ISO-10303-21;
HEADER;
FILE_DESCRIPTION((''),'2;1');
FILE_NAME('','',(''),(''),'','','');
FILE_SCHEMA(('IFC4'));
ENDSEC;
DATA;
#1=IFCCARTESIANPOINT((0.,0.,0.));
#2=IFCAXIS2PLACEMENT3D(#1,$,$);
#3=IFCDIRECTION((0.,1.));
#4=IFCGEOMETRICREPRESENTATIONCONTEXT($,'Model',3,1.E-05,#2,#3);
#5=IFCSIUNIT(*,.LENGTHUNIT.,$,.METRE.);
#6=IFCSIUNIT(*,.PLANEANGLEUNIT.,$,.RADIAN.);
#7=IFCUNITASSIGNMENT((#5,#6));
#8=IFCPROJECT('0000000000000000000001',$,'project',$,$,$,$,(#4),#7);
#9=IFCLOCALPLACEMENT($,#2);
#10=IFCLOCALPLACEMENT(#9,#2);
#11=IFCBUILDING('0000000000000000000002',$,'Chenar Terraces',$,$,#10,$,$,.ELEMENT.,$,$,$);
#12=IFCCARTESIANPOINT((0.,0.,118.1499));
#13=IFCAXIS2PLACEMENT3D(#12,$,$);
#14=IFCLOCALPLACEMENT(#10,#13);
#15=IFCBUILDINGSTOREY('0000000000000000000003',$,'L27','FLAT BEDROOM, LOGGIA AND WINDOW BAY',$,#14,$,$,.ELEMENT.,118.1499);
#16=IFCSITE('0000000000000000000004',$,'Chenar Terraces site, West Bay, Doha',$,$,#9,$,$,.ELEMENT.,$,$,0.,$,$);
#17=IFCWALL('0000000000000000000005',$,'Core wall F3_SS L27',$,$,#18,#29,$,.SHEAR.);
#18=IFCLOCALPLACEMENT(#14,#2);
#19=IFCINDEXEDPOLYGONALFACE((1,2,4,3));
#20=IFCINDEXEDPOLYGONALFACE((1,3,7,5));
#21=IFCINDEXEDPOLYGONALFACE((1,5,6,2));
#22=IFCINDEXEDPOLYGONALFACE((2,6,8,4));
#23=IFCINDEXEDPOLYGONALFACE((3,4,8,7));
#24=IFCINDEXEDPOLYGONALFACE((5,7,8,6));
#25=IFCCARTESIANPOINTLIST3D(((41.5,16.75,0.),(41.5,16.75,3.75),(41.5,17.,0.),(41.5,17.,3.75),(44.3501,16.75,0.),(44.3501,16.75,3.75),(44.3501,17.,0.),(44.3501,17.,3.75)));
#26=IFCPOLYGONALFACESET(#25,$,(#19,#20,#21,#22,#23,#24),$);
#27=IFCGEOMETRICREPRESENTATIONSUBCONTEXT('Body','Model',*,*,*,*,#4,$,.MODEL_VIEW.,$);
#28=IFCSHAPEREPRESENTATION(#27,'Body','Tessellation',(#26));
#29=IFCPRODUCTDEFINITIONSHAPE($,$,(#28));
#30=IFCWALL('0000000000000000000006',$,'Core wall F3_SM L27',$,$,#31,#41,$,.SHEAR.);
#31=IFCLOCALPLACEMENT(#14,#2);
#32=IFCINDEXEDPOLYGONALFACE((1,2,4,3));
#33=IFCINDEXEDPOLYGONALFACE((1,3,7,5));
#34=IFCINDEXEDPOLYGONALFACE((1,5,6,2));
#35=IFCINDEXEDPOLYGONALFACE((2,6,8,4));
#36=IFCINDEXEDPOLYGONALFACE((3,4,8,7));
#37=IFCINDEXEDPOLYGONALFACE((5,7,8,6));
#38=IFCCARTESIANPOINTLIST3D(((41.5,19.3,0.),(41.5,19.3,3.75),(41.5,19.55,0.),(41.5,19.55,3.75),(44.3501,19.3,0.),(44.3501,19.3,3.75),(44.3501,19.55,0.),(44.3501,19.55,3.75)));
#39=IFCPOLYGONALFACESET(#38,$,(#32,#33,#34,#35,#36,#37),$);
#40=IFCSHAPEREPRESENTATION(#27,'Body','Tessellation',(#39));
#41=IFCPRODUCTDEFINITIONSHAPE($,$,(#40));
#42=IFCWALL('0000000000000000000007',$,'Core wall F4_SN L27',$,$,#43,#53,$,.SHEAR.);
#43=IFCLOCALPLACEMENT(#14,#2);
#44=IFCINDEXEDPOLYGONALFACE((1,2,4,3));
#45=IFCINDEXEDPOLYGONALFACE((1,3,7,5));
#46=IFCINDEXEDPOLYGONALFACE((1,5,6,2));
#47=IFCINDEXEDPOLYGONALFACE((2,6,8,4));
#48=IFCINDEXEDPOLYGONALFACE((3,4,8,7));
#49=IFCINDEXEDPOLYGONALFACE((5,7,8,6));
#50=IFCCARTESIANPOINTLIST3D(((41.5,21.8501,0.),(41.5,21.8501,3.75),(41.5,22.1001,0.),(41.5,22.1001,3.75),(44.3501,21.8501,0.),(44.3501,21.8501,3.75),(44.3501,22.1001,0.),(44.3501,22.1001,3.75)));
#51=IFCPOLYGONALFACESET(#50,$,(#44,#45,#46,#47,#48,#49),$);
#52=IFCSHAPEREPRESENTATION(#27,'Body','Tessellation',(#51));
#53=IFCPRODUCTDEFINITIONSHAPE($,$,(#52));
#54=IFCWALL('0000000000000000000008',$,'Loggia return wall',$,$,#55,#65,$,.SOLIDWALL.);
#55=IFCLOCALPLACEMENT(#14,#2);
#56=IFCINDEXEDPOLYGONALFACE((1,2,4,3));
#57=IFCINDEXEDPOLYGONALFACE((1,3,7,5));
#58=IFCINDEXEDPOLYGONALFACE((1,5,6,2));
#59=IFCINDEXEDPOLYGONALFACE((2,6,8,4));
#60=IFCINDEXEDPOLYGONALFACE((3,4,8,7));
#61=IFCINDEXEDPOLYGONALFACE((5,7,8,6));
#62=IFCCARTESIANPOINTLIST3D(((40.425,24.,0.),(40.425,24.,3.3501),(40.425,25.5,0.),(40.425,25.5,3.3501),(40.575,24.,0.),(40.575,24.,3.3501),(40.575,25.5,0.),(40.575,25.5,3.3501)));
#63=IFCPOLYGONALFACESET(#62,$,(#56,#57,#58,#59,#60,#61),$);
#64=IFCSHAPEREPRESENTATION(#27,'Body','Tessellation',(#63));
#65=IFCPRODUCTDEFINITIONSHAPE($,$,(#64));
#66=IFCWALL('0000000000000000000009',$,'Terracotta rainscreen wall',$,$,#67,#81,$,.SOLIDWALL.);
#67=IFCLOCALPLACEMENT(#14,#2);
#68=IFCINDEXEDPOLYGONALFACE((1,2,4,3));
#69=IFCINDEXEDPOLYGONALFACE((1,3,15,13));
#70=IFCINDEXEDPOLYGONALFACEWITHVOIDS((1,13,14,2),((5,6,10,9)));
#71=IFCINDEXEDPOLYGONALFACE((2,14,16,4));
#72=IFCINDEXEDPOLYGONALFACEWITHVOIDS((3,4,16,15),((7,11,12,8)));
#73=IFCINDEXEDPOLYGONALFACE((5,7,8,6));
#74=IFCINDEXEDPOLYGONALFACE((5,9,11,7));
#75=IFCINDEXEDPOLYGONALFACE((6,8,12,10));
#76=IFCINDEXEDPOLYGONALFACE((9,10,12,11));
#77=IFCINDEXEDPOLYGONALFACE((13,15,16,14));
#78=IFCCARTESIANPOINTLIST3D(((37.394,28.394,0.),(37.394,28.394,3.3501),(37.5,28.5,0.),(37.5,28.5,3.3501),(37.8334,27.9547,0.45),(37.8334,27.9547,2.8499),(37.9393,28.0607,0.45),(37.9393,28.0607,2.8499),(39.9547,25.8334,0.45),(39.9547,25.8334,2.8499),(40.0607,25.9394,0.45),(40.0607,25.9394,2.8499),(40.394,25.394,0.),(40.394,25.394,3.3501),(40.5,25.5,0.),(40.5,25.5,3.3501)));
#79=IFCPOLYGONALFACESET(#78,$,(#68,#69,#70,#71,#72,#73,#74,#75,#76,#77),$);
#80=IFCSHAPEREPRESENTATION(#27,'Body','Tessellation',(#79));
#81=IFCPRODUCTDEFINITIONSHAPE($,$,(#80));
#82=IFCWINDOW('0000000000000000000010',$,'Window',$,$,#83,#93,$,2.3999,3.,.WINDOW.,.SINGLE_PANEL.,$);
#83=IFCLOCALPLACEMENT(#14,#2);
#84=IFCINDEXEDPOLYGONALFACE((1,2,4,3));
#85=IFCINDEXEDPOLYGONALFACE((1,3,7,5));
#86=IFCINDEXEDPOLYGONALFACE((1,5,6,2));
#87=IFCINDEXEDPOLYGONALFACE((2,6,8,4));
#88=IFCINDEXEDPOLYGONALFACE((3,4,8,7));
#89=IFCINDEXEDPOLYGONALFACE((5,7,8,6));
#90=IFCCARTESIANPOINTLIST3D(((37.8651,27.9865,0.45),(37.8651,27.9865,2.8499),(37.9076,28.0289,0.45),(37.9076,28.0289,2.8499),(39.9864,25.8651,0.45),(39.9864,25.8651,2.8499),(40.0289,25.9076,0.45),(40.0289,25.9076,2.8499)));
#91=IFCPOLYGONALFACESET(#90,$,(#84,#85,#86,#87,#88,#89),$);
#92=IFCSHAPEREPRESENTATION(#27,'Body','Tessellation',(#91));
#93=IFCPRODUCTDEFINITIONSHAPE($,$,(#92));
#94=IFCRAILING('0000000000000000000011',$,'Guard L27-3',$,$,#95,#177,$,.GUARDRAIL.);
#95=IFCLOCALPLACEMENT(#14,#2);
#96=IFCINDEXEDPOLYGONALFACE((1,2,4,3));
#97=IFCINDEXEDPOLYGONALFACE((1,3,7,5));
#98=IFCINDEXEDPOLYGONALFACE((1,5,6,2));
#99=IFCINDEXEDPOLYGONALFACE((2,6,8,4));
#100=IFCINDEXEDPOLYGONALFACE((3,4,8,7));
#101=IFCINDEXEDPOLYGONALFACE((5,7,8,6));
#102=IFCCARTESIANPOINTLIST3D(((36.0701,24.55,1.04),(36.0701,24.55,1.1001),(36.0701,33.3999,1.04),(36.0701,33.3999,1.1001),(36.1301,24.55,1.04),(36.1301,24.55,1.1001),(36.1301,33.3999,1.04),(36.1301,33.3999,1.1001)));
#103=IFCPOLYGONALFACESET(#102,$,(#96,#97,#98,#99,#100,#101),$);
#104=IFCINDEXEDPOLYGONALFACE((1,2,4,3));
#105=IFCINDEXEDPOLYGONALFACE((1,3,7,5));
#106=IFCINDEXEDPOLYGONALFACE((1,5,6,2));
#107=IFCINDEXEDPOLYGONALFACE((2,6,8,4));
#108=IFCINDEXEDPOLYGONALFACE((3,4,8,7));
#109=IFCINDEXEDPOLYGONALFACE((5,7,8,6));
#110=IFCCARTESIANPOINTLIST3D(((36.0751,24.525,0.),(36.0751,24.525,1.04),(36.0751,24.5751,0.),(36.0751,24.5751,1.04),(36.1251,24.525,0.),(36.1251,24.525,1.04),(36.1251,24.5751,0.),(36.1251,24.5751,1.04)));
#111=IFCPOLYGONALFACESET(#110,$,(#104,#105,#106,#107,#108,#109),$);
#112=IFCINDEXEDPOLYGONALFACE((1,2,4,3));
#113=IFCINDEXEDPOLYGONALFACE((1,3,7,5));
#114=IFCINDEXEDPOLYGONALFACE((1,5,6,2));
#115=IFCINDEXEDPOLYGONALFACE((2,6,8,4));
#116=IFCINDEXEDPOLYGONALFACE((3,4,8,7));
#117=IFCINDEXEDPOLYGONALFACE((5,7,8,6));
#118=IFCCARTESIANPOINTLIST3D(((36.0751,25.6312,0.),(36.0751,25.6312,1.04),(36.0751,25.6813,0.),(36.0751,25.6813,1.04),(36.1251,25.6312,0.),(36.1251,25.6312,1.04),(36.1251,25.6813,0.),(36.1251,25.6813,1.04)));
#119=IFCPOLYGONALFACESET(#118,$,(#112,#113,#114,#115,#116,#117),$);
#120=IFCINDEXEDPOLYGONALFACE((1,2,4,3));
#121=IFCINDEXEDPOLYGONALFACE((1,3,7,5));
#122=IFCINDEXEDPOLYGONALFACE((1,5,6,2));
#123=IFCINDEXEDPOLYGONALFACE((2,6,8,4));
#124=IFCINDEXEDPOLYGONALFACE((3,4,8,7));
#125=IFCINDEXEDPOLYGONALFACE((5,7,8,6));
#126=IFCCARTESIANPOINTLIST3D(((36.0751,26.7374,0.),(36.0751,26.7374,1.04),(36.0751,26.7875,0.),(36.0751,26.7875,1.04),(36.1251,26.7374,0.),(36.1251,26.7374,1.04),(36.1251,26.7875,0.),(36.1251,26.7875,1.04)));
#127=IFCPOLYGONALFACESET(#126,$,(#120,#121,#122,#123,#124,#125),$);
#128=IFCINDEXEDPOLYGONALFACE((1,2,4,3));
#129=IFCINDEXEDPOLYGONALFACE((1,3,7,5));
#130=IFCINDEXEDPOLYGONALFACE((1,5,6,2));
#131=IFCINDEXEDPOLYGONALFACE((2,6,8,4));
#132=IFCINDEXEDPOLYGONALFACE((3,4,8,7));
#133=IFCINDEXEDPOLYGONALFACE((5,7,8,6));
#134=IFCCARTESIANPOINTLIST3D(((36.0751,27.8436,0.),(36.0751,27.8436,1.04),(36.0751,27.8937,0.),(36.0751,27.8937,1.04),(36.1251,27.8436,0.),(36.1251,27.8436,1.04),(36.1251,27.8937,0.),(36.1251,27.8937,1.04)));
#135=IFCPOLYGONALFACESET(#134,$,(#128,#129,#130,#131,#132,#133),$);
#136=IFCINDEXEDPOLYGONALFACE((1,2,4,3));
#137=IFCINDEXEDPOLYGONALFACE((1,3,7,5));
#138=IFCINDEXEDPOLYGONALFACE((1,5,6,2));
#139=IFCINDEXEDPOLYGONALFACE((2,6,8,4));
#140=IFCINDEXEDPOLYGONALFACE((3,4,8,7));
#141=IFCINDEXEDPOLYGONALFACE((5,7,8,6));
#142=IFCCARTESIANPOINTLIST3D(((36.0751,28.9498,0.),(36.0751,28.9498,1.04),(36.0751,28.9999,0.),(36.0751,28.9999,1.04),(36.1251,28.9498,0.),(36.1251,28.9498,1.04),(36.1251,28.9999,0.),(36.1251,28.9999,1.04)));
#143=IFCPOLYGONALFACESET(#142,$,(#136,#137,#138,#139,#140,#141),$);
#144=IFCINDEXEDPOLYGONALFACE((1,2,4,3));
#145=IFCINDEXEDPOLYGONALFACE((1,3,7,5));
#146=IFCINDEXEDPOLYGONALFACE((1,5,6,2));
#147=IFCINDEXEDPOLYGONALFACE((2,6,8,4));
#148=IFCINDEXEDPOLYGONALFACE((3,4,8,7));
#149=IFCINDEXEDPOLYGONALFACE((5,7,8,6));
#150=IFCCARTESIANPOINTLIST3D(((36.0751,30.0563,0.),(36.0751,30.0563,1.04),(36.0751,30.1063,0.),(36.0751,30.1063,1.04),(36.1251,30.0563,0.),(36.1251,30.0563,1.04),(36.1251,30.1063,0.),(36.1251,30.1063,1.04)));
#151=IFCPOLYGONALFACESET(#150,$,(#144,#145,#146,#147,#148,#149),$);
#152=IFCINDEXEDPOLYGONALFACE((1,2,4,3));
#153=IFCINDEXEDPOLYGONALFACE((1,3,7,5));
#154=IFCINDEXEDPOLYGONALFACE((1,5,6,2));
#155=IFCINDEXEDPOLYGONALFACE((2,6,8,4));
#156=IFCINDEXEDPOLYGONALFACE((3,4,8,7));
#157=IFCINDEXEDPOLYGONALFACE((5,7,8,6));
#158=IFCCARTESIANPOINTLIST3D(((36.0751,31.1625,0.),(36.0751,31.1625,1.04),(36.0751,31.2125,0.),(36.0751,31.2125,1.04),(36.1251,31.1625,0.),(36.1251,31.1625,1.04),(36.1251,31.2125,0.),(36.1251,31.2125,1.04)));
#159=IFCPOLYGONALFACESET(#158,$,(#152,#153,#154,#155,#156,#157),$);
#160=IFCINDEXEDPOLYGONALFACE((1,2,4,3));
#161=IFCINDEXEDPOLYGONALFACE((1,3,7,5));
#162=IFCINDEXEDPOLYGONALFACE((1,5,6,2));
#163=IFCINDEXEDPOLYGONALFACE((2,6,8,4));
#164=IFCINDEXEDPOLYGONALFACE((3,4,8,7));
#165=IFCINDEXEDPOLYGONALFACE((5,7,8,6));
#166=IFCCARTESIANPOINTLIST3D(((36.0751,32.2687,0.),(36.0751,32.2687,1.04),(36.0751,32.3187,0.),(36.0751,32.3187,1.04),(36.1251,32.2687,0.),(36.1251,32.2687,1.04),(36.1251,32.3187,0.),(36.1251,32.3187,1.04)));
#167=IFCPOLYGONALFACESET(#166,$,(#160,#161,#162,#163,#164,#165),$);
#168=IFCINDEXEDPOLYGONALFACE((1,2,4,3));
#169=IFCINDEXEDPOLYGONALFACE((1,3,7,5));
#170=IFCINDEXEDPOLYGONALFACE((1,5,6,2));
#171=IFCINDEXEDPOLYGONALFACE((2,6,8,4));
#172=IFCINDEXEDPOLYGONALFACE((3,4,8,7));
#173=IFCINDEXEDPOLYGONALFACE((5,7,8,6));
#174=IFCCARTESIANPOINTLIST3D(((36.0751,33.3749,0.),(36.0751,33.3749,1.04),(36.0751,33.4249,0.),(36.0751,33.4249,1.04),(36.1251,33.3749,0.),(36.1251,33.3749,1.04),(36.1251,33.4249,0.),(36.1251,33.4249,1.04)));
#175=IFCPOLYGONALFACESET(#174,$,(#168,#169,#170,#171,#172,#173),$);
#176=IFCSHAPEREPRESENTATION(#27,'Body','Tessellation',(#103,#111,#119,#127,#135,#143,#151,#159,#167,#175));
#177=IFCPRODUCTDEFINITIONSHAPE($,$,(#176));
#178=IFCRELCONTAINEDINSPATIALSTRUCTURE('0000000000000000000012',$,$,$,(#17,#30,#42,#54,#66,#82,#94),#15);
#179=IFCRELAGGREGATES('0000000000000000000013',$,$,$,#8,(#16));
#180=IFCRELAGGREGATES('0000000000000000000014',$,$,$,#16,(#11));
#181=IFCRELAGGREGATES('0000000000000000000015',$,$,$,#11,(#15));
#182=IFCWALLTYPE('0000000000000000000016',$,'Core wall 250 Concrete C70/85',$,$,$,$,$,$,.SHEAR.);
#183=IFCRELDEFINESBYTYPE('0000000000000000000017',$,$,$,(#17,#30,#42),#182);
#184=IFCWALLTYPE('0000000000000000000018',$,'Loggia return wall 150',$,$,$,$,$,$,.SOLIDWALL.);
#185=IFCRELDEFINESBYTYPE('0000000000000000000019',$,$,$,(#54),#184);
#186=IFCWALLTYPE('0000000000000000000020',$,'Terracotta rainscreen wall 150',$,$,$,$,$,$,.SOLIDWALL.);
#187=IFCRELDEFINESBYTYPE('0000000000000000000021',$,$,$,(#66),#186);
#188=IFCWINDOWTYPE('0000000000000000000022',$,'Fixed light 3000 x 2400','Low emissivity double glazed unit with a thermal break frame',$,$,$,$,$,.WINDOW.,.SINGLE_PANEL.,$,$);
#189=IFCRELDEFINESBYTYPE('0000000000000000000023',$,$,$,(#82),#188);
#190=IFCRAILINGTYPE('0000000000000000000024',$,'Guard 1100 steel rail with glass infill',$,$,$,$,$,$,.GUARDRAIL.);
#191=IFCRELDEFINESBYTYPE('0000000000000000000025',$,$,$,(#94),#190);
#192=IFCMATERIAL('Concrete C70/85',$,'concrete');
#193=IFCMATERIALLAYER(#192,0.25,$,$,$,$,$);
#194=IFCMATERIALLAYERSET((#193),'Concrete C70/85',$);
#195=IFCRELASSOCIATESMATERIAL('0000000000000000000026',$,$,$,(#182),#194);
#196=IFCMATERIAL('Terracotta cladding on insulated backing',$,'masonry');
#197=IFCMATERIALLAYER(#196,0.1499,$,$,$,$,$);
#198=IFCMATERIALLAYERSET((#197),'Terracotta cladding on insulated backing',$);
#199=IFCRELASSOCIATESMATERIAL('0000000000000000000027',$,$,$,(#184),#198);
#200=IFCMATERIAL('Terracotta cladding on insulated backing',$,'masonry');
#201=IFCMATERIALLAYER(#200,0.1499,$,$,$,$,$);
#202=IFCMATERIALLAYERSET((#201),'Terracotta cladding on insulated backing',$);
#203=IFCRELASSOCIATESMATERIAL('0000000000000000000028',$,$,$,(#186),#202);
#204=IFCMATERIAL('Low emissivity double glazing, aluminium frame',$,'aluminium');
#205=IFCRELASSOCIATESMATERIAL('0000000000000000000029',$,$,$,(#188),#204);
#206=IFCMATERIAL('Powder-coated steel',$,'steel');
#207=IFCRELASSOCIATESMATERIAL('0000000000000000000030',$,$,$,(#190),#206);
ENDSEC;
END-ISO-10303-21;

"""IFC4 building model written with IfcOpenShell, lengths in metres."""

from ifc_helpers import new_model, si_unit, direction, frame, frame_2d, origin, origin_2d, place, context, subcontext, project, spatial, rectangle, extrude, material, layer, layer_set, type_object, element, fill, save


model = new_model("IFC4")

# Units and contexts
model_context = context("Model", 3, precision=1e-05, world=origin(), true_north=direction((0.0, 1.0)))
body_context = subcontext(model_context, "Body", "Model", "MODEL_VIEW")
ifc_project = project(units=[si_unit("LENGTHUNIT", "METRE"), si_unit("PLANEANGLEUNIT", "RADIAN")], contexts=[model_context])

# Site, building, storey
site_placement = place(None, origin())
site = spatial("IfcSite", under=ifc_project, at=site_placement, Name="Chenar Terraces site, West Bay, Doha", CompositionType="ELEMENT", RefElevation=0.0)
building_placement = place(site_placement, origin())
building = spatial("IfcBuilding", under=site, at=building_placement, Name="Chenar Terraces", CompositionType="ELEMENT")
storey_placement = place(building_placement, frame((0.0, 0.0, 118.1499)))
storey = spatial("IfcBuildingStorey", under=building, at=storey_placement, Name="L27", Description="FLAT BEDROOM, LOGGIA AND WINDOW BAY", CompositionType="ELEMENT", Elevation=118.1499)

# Walls
ifc_material_1 = material(Name="Concrete C70/85", Category="concrete")
ifc_layer_1 = layer(ifc_material_1, 0.25)
ifc_layer_set_1 = layer_set([ifc_layer_1], Name="Concrete C70/85")
wall_type_1 = type_object("IfcWallType", Name="Core wall 250 Concrete C70/85", PredefinedType="SHEAR", material=ifc_layer_set_1)
for number, where, z_axis, x_axis, name in (
    (1, (41.5, 16.875, 0.0), (0.0, 0.0, 1.0), (1.0, 0.0, 0.0), "Core wall F3_SS L27"),
    (2, (41.5, 19.425, 0.0), (0.0, 0.0, 1.0), (1.0, 0.0, 0.0), "Core wall F3_SM L27"),
    (3, (41.5, 21.9751, 0.0), (0.0, 0.0, 1.0), (1.0, 0.0, 0.0), "Core wall F4_SN L27"),
):
    element("IfcWall", number, at=place(storey_placement, frame(where, z_axis=z_axis, x_axis=x_axis)), inside=storey, type_object=wall_type_1, Name=name, PredefinedType="SHEAR", context=body_context, shape_type="SweptSolid", body=[
        extrude(rectangle(XDim=2.8501, YDim=0.25, at=frame_2d((1.425, 0.0))), origin(), (0.0, 0.0, 1.0), 3.75),
    ])
ifc_material_2 = material(Name="Terracotta cladding on insulated backing", Category="masonry")
ifc_layer_2 = layer(ifc_material_2, 0.1499)
ifc_layer_set_2 = layer_set([ifc_layer_2], Name="Terracotta cladding on insulated backing")
wall_type_2 = type_object("IfcWallType", Name="Loggia return wall 150", PredefinedType="SOLIDWALL", material=ifc_layer_set_2)
wall_1_placement = place(storey_placement, frame((40.5, 25.5, 0.0), z_axis=(0.0, 0.0, 1.0), x_axis=(0.0, -1.0, 0.0)))
element("IfcWall", 4, at=wall_1_placement, inside=storey, type_object=wall_type_2, Name="Loggia return wall", PredefinedType="SOLIDWALL", context=body_context, shape_type="SweptSolid", body=[
    extrude(rectangle(XDim=1.5, YDim=0.1499, at=frame_2d((0.75, 0.0))), origin(), (0.0, 0.0, 1.0), 3.3501),
])

# Wall, opening, window
ifc_material_3 = material(Name="Terracotta cladding on insulated backing", Category="masonry")
ifc_layer_3 = layer(ifc_material_3, 0.1499)
ifc_layer_set_3 = layer_set([ifc_layer_3], Name="Terracotta cladding on insulated backing")
wall_type_3 = type_object("IfcWallType", Name="Terracotta rainscreen wall 150", PredefinedType="SOLIDWALL", material=ifc_layer_set_3)
wall_2_placement = place(storey_placement, frame((40.447, 25.447, 0.0), z_axis=(0.0, 0.0, 1.0), x_axis=(-0.707107, 0.707107, 0.0)))
wall_2 = element("IfcWall", 5, at=wall_2_placement, inside=storey, type_object=wall_type_3, Name="Terracotta rainscreen wall", PredefinedType="SOLIDWALL", context=body_context, shape_type="SweptSolid", body=[
    extrude(rectangle(XDim=4.2427, YDim=0.1499, at=frame_2d((2.1213, 0.0))), origin(), (0.0, 0.0, 1.0), 3.3501),
])
opening_1_placement = place(wall_2_placement, frame((0.6213, 0.0, 0.45)))
opening_1 = element("IfcOpeningElement", 6, at=opening_1_placement, cuts=wall_2, PredefinedType="OPENING", context=body_context, shape_type="SweptSolid", body=[
    extrude(rectangle(XDim=3.0, YDim=2.3999, at=frame_2d((1.5, 1.2))), frame((0.0, 0.085, 0.0), z_axis=(0.0, -1.0, 0.0), x_axis=(1.0, 0.0, 0.0)), (0.0, 0.0, 1.0), 0.1699),
])
ifc_material_4 = material(Name="Low emissivity double glazing, aluminium frame", Category="aluminium")
window_type = type_object("IfcWindowType", Name="Fixed light 3000 x 2400", Description="Low emissivity double glazed unit with a thermal break frame", PartitioningType="SINGLE_PANEL", PredefinedType="WINDOW", material=ifc_material_4)
window_placement = place(opening_1_placement, origin())
window = element("IfcWindow", 7, at=window_placement, inside=storey, type_object=window_type, Name="Window", OverallHeight=2.3999, OverallWidth=3.0, PartitioningType="SINGLE_PANEL", PredefinedType="WINDOW", context=body_context, shape_type="SweptSolid", body=[
    extrude(rectangle(XDim=3.0, YDim=2.3999, at=frame_2d((1.5, 1.2))), frame((0.0, 0.03, 0.0), z_axis=(0.0, -1.0, 0.0), x_axis=(1.0, 0.0, 0.0)), (0.0, 0.0, 1.0), 0.0601),
])
fill(opening_1, window)

# Railing
ifc_material_5 = material(Name="Powder-coated steel", Category="steel")
railing_type = type_object("IfcRailingType", Name="Guard 1100 steel rail with glass infill", PredefinedType="GUARDRAIL", material=ifc_material_5)
railing_placement = place(storey_placement, frame((36.1001, 24.55, 0.0)))
element("IfcRailing", 8, at=railing_placement, inside=storey, type_object=railing_type, Name="Guard L27-3", PredefinedType="GUARDRAIL", context=body_context, shape_type="SweptSolid", body=[
    extrude(rectangle(XDim=0.0601, YDim=0.0601, at=origin_2d()), frame((0.0, 0.0, 1.0701), z_axis=(0.0, 1.0, 0.0), x_axis=(-1.0, 0.0, 0.0)), (0.0, 0.0, 1.0), 8.8499),
    extrude(rectangle(XDim=0.05, YDim=0.05, at=origin_2d()), origin(), (0.0, 0.0, 1.0), 1.04),
    extrude(rectangle(XDim=0.05, YDim=0.05, at=origin_2d()), frame((0.0, 1.1062, 0.0)), (0.0, 0.0, 1.0), 1.04),
    extrude(rectangle(XDim=0.05, YDim=0.05, at=origin_2d()), frame((0.0, 2.2124, 0.0)), (0.0, 0.0, 1.0), 1.04),
    extrude(rectangle(XDim=0.05, YDim=0.05, at=origin_2d()), frame((0.0, 3.3186, 0.0)), (0.0, 0.0, 1.0), 1.04),
    extrude(rectangle(XDim=0.05, YDim=0.05, at=origin_2d()), frame((0.0, 4.4248, 0.0)), (0.0, 0.0, 1.0), 1.04),
    extrude(rectangle(XDim=0.05, YDim=0.05, at=origin_2d()), frame((0.0, 5.5312, 0.0)), (0.0, 0.0, 1.0), 1.04),
    extrude(rectangle(XDim=0.05, YDim=0.05, at=origin_2d()), frame((0.0, 6.6375, 0.0)), (0.0, 0.0, 1.0), 1.04),
    extrude(rectangle(XDim=0.05, YDim=0.05, at=origin_2d()), frame((0.0, 7.7437, 0.0)), (0.0, 0.0, 1.0), 1.04),
    extrude(rectangle(XDim=0.05, YDim=0.05, at=origin_2d()), frame((0.0, 8.8499, 0.0)), (0.0, 0.0, 1.0), 1.04),
])

save(model, "model.ifc")
